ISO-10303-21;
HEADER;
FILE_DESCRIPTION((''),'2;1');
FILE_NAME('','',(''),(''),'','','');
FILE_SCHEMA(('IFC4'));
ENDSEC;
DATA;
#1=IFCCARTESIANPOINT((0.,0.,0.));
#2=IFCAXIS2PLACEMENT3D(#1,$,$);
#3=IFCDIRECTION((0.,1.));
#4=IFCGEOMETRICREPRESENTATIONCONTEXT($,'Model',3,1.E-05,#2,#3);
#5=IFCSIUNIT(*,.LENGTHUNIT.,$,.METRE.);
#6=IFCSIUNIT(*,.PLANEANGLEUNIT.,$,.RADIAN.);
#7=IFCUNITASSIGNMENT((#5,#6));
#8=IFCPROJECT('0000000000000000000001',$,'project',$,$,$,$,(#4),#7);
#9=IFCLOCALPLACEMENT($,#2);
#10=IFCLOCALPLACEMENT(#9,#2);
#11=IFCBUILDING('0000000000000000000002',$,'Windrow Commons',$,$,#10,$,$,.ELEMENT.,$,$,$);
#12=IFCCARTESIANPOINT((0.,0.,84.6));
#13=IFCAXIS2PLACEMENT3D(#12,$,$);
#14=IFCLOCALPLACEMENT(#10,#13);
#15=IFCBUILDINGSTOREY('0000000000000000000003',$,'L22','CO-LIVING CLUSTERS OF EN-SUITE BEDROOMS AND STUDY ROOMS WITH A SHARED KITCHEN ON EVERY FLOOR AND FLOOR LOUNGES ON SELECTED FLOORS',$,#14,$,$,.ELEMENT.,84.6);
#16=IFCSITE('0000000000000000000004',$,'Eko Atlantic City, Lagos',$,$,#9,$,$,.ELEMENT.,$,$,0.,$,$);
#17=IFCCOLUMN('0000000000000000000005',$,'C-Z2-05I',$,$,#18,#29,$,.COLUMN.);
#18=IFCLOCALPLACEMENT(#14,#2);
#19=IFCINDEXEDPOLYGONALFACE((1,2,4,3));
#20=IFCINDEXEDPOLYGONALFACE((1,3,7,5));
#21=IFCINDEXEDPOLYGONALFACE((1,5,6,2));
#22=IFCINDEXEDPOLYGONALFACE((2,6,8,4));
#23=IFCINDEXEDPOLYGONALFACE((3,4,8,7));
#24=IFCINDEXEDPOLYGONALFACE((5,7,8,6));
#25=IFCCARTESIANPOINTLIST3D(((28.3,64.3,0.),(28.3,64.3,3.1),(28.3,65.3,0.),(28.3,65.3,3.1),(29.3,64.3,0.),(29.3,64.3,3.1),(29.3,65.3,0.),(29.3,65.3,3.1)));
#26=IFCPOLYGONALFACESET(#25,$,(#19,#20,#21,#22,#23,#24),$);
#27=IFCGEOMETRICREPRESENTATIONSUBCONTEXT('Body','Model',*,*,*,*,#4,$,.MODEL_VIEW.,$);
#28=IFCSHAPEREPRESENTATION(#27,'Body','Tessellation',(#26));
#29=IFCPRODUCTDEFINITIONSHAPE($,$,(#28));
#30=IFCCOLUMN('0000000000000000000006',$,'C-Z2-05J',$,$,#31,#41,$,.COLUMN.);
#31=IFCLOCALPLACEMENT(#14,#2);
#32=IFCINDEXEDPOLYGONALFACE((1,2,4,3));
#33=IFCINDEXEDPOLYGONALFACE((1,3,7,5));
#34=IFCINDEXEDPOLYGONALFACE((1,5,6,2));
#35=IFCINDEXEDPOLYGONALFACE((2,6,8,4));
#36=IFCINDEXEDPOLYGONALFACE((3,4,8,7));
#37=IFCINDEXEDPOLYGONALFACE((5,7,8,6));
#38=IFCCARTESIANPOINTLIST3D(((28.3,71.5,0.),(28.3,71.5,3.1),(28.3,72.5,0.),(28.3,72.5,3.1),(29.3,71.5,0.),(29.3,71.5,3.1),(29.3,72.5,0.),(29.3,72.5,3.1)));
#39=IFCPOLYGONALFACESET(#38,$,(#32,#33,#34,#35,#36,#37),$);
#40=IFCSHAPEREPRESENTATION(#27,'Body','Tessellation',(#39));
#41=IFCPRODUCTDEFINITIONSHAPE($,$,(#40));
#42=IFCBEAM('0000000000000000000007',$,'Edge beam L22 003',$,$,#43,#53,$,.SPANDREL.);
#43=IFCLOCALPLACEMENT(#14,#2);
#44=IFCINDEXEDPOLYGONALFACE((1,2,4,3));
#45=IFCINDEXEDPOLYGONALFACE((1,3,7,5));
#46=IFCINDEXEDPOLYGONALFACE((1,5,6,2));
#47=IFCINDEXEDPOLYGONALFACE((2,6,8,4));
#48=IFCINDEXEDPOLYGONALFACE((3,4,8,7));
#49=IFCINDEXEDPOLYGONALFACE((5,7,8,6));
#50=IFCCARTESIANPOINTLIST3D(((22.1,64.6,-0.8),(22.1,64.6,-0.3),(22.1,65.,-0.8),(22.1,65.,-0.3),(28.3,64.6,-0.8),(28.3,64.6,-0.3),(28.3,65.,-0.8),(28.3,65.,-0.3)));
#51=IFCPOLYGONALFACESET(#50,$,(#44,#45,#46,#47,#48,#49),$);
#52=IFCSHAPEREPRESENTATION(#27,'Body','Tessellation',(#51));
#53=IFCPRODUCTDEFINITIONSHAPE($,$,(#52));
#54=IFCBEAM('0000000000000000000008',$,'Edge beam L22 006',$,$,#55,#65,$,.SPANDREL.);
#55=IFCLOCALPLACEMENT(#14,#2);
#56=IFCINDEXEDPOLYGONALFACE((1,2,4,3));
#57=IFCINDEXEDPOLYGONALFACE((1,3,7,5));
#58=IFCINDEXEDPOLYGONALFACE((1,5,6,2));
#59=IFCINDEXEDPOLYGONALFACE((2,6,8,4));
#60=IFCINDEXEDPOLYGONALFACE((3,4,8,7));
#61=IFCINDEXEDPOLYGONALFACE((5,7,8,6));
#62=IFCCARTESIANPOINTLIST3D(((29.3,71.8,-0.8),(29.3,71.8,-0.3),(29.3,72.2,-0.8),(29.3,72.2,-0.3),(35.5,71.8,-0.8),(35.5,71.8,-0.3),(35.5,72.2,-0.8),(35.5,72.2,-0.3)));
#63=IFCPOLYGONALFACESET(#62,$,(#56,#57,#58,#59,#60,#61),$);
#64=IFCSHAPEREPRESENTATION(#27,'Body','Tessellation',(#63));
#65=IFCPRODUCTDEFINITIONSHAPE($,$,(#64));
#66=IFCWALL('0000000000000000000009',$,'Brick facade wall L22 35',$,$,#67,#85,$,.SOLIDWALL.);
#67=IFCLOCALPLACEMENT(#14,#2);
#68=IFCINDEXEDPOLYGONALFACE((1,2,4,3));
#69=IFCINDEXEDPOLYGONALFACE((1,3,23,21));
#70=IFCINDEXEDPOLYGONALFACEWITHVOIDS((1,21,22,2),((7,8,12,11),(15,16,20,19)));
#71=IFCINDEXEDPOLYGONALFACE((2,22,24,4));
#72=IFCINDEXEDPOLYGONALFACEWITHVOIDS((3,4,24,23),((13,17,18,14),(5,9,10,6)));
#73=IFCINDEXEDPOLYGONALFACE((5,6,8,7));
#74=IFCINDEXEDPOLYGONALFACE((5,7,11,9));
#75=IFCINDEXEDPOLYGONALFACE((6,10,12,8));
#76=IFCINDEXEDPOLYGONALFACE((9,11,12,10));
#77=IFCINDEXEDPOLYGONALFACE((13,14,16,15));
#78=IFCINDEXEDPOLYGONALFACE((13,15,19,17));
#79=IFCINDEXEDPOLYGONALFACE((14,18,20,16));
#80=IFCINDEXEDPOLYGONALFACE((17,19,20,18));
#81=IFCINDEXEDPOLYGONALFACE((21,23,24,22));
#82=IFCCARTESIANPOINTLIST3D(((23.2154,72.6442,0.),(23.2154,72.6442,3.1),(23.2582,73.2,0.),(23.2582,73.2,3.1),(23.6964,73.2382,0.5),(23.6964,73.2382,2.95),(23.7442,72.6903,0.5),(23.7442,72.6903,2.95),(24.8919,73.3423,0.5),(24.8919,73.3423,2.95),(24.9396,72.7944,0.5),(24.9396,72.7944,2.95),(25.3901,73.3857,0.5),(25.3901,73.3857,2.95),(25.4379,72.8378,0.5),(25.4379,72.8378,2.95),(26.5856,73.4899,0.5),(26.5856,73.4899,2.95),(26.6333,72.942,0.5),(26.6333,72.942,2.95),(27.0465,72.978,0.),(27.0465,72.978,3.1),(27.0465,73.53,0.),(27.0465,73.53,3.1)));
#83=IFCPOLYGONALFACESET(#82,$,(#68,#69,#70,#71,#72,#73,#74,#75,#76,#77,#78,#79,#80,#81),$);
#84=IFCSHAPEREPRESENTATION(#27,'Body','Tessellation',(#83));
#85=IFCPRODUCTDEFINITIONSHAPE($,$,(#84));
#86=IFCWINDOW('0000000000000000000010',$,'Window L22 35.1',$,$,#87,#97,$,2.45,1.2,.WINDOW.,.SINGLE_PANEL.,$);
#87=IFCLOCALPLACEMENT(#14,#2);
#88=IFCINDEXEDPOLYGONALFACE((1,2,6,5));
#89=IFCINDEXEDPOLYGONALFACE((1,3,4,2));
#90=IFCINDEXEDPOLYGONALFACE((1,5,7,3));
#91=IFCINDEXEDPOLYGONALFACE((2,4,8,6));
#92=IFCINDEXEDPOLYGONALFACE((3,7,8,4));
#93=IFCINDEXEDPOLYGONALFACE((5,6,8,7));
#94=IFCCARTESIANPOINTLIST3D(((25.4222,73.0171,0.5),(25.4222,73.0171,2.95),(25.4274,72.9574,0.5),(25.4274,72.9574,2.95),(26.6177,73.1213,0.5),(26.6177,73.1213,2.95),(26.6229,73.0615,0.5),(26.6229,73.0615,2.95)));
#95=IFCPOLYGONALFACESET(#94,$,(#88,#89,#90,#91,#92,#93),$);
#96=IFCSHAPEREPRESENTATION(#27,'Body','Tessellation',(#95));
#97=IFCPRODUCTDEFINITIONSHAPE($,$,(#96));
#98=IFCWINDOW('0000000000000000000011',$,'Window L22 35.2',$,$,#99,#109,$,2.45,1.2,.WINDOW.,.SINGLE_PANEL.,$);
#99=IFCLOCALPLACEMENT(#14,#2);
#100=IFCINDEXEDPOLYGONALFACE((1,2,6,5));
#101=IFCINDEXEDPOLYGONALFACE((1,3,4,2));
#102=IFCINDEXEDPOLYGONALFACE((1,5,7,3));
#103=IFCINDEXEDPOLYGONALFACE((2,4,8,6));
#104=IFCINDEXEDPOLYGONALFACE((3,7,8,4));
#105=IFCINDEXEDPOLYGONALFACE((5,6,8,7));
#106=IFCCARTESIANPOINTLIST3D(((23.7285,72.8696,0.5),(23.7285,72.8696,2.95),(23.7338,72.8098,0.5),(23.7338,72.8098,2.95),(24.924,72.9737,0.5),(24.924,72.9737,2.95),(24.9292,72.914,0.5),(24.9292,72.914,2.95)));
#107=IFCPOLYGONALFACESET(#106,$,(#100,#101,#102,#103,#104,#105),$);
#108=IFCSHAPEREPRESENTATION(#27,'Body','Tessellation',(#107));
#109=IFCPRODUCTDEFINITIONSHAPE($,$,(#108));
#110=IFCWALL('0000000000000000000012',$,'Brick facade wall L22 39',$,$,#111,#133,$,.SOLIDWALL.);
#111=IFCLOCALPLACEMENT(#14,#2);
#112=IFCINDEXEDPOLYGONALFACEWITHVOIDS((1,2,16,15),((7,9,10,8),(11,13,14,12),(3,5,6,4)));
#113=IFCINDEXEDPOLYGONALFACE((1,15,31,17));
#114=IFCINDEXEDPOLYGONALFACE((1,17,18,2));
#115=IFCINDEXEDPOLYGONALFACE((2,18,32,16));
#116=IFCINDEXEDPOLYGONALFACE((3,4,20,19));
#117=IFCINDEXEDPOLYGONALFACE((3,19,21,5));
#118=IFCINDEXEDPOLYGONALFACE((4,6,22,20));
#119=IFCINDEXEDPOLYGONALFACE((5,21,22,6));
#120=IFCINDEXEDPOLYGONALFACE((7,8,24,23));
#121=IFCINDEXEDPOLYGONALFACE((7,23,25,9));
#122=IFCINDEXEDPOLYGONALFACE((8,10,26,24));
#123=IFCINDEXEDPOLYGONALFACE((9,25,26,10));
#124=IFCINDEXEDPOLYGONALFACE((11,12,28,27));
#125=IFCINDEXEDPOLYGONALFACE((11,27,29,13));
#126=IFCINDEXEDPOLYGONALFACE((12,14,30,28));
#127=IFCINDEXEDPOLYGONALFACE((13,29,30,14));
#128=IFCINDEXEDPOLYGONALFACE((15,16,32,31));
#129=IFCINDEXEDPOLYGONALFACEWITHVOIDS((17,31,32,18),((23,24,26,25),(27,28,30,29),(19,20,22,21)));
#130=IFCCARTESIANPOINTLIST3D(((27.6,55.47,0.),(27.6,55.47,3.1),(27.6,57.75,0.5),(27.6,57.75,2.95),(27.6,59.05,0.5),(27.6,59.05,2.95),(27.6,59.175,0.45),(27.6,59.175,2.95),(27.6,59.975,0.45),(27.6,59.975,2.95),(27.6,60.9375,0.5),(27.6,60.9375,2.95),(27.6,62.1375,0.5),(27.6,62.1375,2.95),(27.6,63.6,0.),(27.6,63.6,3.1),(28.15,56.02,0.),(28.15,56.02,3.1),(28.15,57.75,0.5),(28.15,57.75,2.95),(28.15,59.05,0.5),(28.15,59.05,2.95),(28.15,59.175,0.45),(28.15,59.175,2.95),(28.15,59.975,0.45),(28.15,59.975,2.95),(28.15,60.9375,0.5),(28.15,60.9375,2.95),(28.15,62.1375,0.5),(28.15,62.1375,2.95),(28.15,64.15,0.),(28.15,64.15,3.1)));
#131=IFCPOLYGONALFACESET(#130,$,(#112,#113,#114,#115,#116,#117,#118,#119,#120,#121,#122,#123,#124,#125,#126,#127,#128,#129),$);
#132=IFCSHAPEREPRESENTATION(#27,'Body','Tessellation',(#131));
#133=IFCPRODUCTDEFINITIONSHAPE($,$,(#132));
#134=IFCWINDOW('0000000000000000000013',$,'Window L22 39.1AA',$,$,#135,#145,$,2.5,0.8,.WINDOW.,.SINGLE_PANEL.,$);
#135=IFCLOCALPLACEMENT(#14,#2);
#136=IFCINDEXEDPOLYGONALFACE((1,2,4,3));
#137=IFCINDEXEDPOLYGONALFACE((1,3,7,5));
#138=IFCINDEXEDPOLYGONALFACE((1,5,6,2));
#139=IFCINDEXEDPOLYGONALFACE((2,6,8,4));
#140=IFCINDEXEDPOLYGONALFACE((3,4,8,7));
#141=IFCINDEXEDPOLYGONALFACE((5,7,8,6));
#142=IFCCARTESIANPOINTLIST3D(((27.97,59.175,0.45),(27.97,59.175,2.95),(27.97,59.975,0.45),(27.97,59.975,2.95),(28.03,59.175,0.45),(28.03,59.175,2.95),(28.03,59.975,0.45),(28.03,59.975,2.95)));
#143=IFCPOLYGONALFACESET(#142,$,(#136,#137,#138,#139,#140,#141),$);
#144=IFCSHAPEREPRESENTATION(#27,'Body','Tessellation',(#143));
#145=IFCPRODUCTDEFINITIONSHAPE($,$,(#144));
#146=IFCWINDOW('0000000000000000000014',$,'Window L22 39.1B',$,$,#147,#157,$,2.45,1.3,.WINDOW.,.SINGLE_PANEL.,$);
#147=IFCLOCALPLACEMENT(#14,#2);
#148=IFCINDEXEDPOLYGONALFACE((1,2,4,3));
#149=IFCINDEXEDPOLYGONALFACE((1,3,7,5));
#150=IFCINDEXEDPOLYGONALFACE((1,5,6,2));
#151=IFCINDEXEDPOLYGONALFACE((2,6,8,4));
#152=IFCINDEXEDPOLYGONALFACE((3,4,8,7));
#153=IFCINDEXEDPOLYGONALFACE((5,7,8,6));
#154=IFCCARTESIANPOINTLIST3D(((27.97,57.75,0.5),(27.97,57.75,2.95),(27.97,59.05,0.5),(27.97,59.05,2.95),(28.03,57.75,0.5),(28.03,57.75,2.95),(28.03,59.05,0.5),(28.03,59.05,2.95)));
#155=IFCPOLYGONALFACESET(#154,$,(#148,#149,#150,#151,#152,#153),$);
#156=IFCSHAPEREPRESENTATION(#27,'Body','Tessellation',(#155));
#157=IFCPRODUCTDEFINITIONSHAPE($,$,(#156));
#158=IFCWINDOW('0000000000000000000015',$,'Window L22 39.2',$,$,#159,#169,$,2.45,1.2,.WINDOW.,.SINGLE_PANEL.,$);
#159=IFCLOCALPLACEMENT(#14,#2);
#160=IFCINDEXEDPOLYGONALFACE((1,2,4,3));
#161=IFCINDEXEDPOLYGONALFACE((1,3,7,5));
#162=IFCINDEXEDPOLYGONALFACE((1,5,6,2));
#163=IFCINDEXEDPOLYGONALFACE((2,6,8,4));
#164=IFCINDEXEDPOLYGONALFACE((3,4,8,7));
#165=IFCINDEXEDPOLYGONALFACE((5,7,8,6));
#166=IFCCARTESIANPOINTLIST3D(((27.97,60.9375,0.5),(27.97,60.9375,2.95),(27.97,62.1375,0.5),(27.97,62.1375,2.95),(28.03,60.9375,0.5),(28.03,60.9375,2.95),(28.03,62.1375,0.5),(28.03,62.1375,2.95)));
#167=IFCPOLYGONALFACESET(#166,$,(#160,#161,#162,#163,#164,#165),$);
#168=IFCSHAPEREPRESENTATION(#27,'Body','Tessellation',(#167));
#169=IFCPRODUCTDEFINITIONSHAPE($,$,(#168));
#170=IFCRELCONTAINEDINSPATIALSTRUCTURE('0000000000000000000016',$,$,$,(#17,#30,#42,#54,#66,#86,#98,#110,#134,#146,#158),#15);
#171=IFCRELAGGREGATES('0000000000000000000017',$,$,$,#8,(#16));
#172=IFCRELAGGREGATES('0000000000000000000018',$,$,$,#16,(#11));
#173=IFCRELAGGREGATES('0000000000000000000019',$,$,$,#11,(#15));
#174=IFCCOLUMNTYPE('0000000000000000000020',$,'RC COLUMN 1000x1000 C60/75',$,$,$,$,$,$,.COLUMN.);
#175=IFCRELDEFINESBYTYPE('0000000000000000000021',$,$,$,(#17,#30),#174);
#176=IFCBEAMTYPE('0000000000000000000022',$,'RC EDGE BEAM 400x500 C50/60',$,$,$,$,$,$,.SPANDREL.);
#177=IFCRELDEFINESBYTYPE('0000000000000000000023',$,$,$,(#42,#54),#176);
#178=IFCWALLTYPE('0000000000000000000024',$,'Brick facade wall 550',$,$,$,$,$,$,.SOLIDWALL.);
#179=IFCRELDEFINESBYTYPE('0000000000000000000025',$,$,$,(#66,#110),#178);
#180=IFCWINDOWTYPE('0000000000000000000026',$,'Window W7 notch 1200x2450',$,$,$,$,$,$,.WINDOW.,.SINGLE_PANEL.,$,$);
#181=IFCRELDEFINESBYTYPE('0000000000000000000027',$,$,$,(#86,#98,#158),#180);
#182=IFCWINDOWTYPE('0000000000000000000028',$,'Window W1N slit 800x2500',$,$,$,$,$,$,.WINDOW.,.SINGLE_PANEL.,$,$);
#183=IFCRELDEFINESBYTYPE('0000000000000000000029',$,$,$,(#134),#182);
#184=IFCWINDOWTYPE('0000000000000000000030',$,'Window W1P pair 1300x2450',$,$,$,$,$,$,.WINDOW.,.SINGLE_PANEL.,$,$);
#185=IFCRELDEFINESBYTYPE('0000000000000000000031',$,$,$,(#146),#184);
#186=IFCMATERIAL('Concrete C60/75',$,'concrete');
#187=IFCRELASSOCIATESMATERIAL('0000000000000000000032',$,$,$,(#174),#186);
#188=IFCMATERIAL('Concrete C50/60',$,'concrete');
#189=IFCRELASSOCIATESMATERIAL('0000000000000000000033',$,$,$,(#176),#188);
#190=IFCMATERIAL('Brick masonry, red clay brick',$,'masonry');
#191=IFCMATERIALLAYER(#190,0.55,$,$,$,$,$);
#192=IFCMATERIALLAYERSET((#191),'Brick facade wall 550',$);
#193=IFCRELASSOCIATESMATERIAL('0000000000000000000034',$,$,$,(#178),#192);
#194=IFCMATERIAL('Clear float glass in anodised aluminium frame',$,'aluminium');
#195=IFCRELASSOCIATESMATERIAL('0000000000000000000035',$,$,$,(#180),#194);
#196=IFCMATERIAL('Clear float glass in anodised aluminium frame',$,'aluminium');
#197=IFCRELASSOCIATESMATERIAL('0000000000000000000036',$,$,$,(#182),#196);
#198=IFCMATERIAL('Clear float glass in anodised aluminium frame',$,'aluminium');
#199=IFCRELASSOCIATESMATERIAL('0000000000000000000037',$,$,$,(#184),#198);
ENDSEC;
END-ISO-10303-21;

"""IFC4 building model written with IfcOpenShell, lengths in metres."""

from ifc_helpers import new_model, si_unit, direction, frame, frame_2d, origin, origin_2d, place, context, subcontext, project, spatial, polyline, rectangle, outline, extrude, material, layer, layer_set, material_profile, profile_set, type_object, element, fill, save


model = new_model("IFC4")

# Units and contexts
model_context = context("Model", 3, precision=1e-05, world=origin(), true_north=direction((0.0, 1.0)))
body_context = subcontext(model_context, "Body", "Model", "MODEL_VIEW")
ifc_project = project(units=[si_unit("LENGTHUNIT", "METRE"), si_unit("PLANEANGLEUNIT", "RADIAN")], contexts=[model_context])

# Site, building, storey
site_placement = place(None, origin())
site = spatial("IfcSite", under=ifc_project, at=site_placement, Name="Eko Atlantic City, Lagos", CompositionType="ELEMENT", RefElevation=0.0)
building_placement = place(site_placement, origin())
building = spatial("IfcBuilding", under=site, at=building_placement, Name="Windrow Commons", CompositionType="ELEMENT")
storey_placement = place(building_placement, frame((0.0, 0.0, 84.6)))
storey = spatial("IfcBuildingStorey", under=building, at=storey_placement, Name="L22", Description="CO-LIVING CLUSTERS OF EN-SUITE BEDROOMS AND STUDY ROOMS WITH A SHARED KITCHEN ON EVERY FLOOR AND FLOOR LOUNGES ON SELECTED FLOORS", CompositionType="ELEMENT", Elevation=84.6)

# Columns
ifc_material_1 = material(Name="Concrete C60/75", Category="concrete")
ifc_material_profile_1 = material_profile(ifc_material_1, rectangle(XDim=1.0, YDim=1.0, at=origin_2d()))
ifc_profile_set_1 = profile_set([ifc_material_profile_1], Name="Concrete C60/75")
column_type = type_object("IfcColumnType", Name="RC COLUMN 1000x1000 C60/75", PredefinedType="COLUMN", material=ifc_profile_set_1)
for number, where, z_axis, x_axis, name in (
    (1, (28.8, 64.8, 0.0), (0.0, 0.0, 1.0), (1.0, 0.0, 0.0), "C-Z2-05I"),
    (2, (28.8, 72.0, 0.0), (0.0, 0.0, 1.0), (1.0, 0.0, 0.0), "C-Z2-05J"),
):
    element("IfcColumn", number, at=place(storey_placement, frame(where, z_axis=z_axis, x_axis=x_axis)), inside=storey, type_object=column_type, Name=name, PredefinedType="COLUMN", context=body_context, shape_type="SweptSolid", body=[
        extrude(rectangle(XDim=1.0, YDim=1.0, at=origin_2d()), origin(), (0.0, 0.0, 1.0), 3.1),
    ])

# Beams
ifc_material_2 = material(Name="Concrete C50/60", Category="concrete")
ifc_material_profile_2 = material_profile(ifc_material_2, rectangle(XDim=0.4, YDim=0.5, at=origin_2d()))
ifc_profile_set_2 = profile_set([ifc_material_profile_2], Name="Concrete C50/60")
beam_type = type_object("IfcBeamType", Name="RC EDGE BEAM 400x500 C50/60", PredefinedType="SPANDREL", material=ifc_profile_set_2)
for number, where, z_axis, x_axis, name in (
    (3, (28.3, 64.8, -0.55), (-1.0, 0.0, 0.0), (0.0, -1.0, 0.0), "Edge beam L22 003"),
    (4, (29.3, 72.0, -0.55), (1.0, 0.0, 0.0), (0.0, 1.0, 0.0), "Edge beam L22 006"),
):
    element("IfcBeam", number, at=place(storey_placement, frame(where, z_axis=z_axis, x_axis=x_axis)), inside=storey, type_object=beam_type, Name=name, PredefinedType="SPANDREL", context=body_context, shape_type="SweptSolid", body=[
        extrude(rectangle(XDim=0.4, YDim=0.5, at=origin_2d()), origin(), (0.0, 0.0, 1.0), 6.2),
    ])

# Walls, openings, windows
ifc_material_3 = material(Name="Brick masonry, red clay brick", Category="masonry")
ifc_layer_1 = layer(ifc_material_3, 0.55)
ifc_layer_set_1 = layer_set([ifc_layer_1], Name="Brick facade wall 550")
wall_type_1 = type_object("IfcWallType", Name="Brick facade wall 550", PredefinedType="SOLIDWALL", material=ifc_layer_set_1)
wall_1_placement = place(storey_placement, frame((27.0465, 73.254, 0.0), z_axis=(0.0, 0.0, 1.0), x_axis=(-0.996226, -0.086793, 0.0)))
wall_1 = element("IfcWall", 5, at=wall_1_placement, inside=storey, type_object=wall_type_1, Name="Brick facade wall L22 35", PredefinedType="SOLIDWALL", context=body_context, shape_type="SweptSolid", body=[
    extrude(outline(polyline([(-0.024, -0.275), (3.7787, -0.275), (3.8696, 0.275), (0.024, 0.275), (-0.024, -0.275)])), origin(), (0.0, 0.0, 1.0), 3.1),
])
opening_1_placement = place(wall_1_placement, frame((0.4387, 0.0, 0.5)))
opening_1 = element("IfcOpeningElement", 6, at=opening_1_placement, cuts=wall_1, PredefinedType="OPENING", context=body_context, shape_type="SweptSolid", body=[
    extrude(rectangle(XDim=1.2, YDim=2.45, at=frame_2d((0.6, 1.225))), frame((0.0, 0.285, 0.0), z_axis=(0.0, -1.0, 0.0), x_axis=(1.0, 0.0, 0.0)), (0.0, 0.0, 1.0), 0.57),
])
opening_2_placement = place(wall_1_placement, frame((2.1388, 0.0, 0.5)))
opening_2 = element("IfcOpeningElement", 7, at=opening_2_placement, cuts=wall_1, PredefinedType="OPENING", context=body_context, shape_type="SweptSolid", body=[
    extrude(rectangle(XDim=1.2, YDim=2.45, at=frame_2d((0.6, 1.225))), frame((0.0, 0.285, 0.0), z_axis=(0.0, -1.0, 0.0), x_axis=(1.0, 0.0, 0.0)), (0.0, 0.0, 1.0), 0.57),
])
ifc_material_4 = material(Name="Clear float glass in anodised aluminium frame", Category="aluminium")
window_type_1 = type_object("IfcWindowType", Name="Window W7 notch 1200x2450", PartitioningType="SINGLE_PANEL", PredefinedType="WINDOW", material=ifc_material_4)
window_1_placement = place(opening_1_placement, origin())
window_1 = element("IfcWindow", 8, at=window_1_placement, inside=storey, type_object=window_type_1, Name="Window L22 35.1", OverallHeight=2.45, OverallWidth=1.2, PartitioningType="SINGLE_PANEL", PredefinedType="WINDOW", context=body_context, shape_type="SweptSolid", body=[
    extrude(rectangle(XDim=1.2, YDim=2.45, at=frame_2d((0.6, 1.225))), frame((0.0, 0.155, 0.0), z_axis=(0.0, -1.0, 0.0), x_axis=(1.0, 0.0, 0.0)), (0.0, 0.0, 1.0), 0.06),
])
fill(opening_1, window_1)
window_2_placement = place(opening_2_placement, origin())
window_2 = element("IfcWindow", 9, at=window_2_placement, inside=storey, type_object=window_type_1, Name="Window L22 35.2", OverallHeight=2.45, OverallWidth=1.2, PartitioningType="SINGLE_PANEL", PredefinedType="WINDOW", context=body_context, shape_type="SweptSolid", body=[
    extrude(rectangle(XDim=1.2, YDim=2.45, at=frame_2d((0.6, 1.225))), frame((0.0, 0.155, 0.0), z_axis=(0.0, -1.0, 0.0), x_axis=(1.0, 0.0, 0.0)), (0.0, 0.0, 1.0), 0.06),
])
fill(opening_2, window_2)
wall_2_placement = place(storey_placement, frame((27.875, 63.875, 0.0), z_axis=(0.0, 0.0, 1.0), x_axis=(0.0, -1.0, 0.0)))
wall_2 = element("IfcWall", 10, at=wall_2_placement, inside=storey, type_object=wall_type_1, Name="Brick facade wall L22 39", PredefinedType="SOLIDWALL", context=body_context, shape_type="SweptSolid", body=[
    extrude(outline(polyline([(0.275, -0.275), (8.405, -0.275), (7.855, 0.275), (-0.275, 0.275), (0.275, -0.275)])), origin(), (0.0, 0.0, 1.0), 3.1),
])
opening_3_placement = place(wall_2_placement, frame((4.825, 0.0, 0.5)))
opening_3 = element("IfcOpeningElement", 11, at=opening_3_placement, cuts=wall_2, PredefinedType="OPENING", context=body_context, shape_type="SweptSolid", body=[
    extrude(rectangle(XDim=1.3, YDim=2.45, at=frame_2d((0.65, 1.225))), frame((0.0, 0.285, 0.0), z_axis=(0.0, -1.0, 0.0), x_axis=(1.0, 0.0, 0.0)), (0.0, 0.0, 1.0), 0.57),
])
opening_4_placement = place(wall_2_placement, frame((1.7375, 0.0, 0.5)))
opening_4 = element("IfcOpeningElement", 12, at=opening_4_placement, cuts=wall_2, PredefinedType="OPENING", context=body_context, shape_type="SweptSolid", body=[
    extrude(rectangle(XDim=1.2, YDim=2.45, at=frame_2d((0.6, 1.225))), frame((0.0, 0.285, 0.0), z_axis=(0.0, -1.0, 0.0), x_axis=(1.0, 0.0, 0.0)), (0.0, 0.0, 1.0), 0.57),
])
opening_5_placement = place(wall_2_placement, frame((3.9, 0.0, 0.45)))
opening_5 = element("IfcOpeningElement", 13, at=opening_5_placement, cuts=wall_2, PredefinedType="OPENING", context=body_context, shape_type="SweptSolid", body=[
    extrude(rectangle(XDim=0.8, YDim=2.5, at=frame_2d((0.4, 1.25))), frame((0.0, 0.285, 0.0), z_axis=(0.0, -1.0, 0.0), x_axis=(1.0, 0.0, 0.0)), (0.0, 0.0, 1.0), 0.57),
])
ifc_material_5 = material(Name="Clear float glass in anodised aluminium frame", Category="aluminium")
window_type_2 = type_object("IfcWindowType", Name="Window W1N slit 800x2500", PartitioningType="SINGLE_PANEL", PredefinedType="WINDOW", material=ifc_material_5)
window_3_placement = place(opening_5_placement, origin())
window_3 = element("IfcWindow", 14, at=window_3_placement, inside=storey, type_object=window_type_2, Name="Window L22 39.1AA", OverallHeight=2.5, OverallWidth=0.8, PartitioningType="SINGLE_PANEL", PredefinedType="WINDOW", context=body_context, shape_type="SweptSolid", body=[
    extrude(rectangle(XDim=0.8, YDim=2.5, at=frame_2d((0.4, 1.25))), frame((0.0, 0.155, 0.0), z_axis=(0.0, -1.0, 0.0), x_axis=(1.0, 0.0, 0.0)), (0.0, 0.0, 1.0), 0.06),
])
fill(opening_5, window_3)
ifc_material_6 = material(Name="Clear float glass in anodised aluminium frame", Category="aluminium")
window_type_3 = type_object("IfcWindowType", Name="Window W1P pair 1300x2450", PartitioningType="SINGLE_PANEL", PredefinedType="WINDOW", material=ifc_material_6)
window_4_placement = place(opening_3_placement, origin())
window_4 = element("IfcWindow", 15, at=window_4_placement, inside=storey, type_object=window_type_3, Name="Window L22 39.1B", OverallHeight=2.45, OverallWidth=1.3, PartitioningType="SINGLE_PANEL", PredefinedType="WINDOW", context=body_context, shape_type="SweptSolid", body=[
    extrude(rectangle(XDim=1.3, YDim=2.45, at=frame_2d((0.65, 1.225))), frame((0.0, 0.155, 0.0), z_axis=(0.0, -1.0, 0.0), x_axis=(1.0, 0.0, 0.0)), (0.0, 0.0, 1.0), 0.06),
])
fill(opening_3, window_4)
window_5_placement = place(opening_4_placement, origin())
window_5 = element("IfcWindow", 16, at=window_5_placement, inside=storey, type_object=window_type_1, Name="Window L22 39.2", OverallHeight=2.45, OverallWidth=1.2, PartitioningType="SINGLE_PANEL", PredefinedType="WINDOW", context=body_context, shape_type="SweptSolid", body=[
    extrude(rectangle(XDim=1.2, YDim=2.45, at=frame_2d((0.6, 1.225))), frame((0.0, 0.155, 0.0), z_axis=(0.0, -1.0, 0.0), x_axis=(1.0, 0.0, 0.0)), (0.0, 0.0, 1.0), 0.06),
])
fill(opening_4, window_5)

save(model, "model.ifc")
